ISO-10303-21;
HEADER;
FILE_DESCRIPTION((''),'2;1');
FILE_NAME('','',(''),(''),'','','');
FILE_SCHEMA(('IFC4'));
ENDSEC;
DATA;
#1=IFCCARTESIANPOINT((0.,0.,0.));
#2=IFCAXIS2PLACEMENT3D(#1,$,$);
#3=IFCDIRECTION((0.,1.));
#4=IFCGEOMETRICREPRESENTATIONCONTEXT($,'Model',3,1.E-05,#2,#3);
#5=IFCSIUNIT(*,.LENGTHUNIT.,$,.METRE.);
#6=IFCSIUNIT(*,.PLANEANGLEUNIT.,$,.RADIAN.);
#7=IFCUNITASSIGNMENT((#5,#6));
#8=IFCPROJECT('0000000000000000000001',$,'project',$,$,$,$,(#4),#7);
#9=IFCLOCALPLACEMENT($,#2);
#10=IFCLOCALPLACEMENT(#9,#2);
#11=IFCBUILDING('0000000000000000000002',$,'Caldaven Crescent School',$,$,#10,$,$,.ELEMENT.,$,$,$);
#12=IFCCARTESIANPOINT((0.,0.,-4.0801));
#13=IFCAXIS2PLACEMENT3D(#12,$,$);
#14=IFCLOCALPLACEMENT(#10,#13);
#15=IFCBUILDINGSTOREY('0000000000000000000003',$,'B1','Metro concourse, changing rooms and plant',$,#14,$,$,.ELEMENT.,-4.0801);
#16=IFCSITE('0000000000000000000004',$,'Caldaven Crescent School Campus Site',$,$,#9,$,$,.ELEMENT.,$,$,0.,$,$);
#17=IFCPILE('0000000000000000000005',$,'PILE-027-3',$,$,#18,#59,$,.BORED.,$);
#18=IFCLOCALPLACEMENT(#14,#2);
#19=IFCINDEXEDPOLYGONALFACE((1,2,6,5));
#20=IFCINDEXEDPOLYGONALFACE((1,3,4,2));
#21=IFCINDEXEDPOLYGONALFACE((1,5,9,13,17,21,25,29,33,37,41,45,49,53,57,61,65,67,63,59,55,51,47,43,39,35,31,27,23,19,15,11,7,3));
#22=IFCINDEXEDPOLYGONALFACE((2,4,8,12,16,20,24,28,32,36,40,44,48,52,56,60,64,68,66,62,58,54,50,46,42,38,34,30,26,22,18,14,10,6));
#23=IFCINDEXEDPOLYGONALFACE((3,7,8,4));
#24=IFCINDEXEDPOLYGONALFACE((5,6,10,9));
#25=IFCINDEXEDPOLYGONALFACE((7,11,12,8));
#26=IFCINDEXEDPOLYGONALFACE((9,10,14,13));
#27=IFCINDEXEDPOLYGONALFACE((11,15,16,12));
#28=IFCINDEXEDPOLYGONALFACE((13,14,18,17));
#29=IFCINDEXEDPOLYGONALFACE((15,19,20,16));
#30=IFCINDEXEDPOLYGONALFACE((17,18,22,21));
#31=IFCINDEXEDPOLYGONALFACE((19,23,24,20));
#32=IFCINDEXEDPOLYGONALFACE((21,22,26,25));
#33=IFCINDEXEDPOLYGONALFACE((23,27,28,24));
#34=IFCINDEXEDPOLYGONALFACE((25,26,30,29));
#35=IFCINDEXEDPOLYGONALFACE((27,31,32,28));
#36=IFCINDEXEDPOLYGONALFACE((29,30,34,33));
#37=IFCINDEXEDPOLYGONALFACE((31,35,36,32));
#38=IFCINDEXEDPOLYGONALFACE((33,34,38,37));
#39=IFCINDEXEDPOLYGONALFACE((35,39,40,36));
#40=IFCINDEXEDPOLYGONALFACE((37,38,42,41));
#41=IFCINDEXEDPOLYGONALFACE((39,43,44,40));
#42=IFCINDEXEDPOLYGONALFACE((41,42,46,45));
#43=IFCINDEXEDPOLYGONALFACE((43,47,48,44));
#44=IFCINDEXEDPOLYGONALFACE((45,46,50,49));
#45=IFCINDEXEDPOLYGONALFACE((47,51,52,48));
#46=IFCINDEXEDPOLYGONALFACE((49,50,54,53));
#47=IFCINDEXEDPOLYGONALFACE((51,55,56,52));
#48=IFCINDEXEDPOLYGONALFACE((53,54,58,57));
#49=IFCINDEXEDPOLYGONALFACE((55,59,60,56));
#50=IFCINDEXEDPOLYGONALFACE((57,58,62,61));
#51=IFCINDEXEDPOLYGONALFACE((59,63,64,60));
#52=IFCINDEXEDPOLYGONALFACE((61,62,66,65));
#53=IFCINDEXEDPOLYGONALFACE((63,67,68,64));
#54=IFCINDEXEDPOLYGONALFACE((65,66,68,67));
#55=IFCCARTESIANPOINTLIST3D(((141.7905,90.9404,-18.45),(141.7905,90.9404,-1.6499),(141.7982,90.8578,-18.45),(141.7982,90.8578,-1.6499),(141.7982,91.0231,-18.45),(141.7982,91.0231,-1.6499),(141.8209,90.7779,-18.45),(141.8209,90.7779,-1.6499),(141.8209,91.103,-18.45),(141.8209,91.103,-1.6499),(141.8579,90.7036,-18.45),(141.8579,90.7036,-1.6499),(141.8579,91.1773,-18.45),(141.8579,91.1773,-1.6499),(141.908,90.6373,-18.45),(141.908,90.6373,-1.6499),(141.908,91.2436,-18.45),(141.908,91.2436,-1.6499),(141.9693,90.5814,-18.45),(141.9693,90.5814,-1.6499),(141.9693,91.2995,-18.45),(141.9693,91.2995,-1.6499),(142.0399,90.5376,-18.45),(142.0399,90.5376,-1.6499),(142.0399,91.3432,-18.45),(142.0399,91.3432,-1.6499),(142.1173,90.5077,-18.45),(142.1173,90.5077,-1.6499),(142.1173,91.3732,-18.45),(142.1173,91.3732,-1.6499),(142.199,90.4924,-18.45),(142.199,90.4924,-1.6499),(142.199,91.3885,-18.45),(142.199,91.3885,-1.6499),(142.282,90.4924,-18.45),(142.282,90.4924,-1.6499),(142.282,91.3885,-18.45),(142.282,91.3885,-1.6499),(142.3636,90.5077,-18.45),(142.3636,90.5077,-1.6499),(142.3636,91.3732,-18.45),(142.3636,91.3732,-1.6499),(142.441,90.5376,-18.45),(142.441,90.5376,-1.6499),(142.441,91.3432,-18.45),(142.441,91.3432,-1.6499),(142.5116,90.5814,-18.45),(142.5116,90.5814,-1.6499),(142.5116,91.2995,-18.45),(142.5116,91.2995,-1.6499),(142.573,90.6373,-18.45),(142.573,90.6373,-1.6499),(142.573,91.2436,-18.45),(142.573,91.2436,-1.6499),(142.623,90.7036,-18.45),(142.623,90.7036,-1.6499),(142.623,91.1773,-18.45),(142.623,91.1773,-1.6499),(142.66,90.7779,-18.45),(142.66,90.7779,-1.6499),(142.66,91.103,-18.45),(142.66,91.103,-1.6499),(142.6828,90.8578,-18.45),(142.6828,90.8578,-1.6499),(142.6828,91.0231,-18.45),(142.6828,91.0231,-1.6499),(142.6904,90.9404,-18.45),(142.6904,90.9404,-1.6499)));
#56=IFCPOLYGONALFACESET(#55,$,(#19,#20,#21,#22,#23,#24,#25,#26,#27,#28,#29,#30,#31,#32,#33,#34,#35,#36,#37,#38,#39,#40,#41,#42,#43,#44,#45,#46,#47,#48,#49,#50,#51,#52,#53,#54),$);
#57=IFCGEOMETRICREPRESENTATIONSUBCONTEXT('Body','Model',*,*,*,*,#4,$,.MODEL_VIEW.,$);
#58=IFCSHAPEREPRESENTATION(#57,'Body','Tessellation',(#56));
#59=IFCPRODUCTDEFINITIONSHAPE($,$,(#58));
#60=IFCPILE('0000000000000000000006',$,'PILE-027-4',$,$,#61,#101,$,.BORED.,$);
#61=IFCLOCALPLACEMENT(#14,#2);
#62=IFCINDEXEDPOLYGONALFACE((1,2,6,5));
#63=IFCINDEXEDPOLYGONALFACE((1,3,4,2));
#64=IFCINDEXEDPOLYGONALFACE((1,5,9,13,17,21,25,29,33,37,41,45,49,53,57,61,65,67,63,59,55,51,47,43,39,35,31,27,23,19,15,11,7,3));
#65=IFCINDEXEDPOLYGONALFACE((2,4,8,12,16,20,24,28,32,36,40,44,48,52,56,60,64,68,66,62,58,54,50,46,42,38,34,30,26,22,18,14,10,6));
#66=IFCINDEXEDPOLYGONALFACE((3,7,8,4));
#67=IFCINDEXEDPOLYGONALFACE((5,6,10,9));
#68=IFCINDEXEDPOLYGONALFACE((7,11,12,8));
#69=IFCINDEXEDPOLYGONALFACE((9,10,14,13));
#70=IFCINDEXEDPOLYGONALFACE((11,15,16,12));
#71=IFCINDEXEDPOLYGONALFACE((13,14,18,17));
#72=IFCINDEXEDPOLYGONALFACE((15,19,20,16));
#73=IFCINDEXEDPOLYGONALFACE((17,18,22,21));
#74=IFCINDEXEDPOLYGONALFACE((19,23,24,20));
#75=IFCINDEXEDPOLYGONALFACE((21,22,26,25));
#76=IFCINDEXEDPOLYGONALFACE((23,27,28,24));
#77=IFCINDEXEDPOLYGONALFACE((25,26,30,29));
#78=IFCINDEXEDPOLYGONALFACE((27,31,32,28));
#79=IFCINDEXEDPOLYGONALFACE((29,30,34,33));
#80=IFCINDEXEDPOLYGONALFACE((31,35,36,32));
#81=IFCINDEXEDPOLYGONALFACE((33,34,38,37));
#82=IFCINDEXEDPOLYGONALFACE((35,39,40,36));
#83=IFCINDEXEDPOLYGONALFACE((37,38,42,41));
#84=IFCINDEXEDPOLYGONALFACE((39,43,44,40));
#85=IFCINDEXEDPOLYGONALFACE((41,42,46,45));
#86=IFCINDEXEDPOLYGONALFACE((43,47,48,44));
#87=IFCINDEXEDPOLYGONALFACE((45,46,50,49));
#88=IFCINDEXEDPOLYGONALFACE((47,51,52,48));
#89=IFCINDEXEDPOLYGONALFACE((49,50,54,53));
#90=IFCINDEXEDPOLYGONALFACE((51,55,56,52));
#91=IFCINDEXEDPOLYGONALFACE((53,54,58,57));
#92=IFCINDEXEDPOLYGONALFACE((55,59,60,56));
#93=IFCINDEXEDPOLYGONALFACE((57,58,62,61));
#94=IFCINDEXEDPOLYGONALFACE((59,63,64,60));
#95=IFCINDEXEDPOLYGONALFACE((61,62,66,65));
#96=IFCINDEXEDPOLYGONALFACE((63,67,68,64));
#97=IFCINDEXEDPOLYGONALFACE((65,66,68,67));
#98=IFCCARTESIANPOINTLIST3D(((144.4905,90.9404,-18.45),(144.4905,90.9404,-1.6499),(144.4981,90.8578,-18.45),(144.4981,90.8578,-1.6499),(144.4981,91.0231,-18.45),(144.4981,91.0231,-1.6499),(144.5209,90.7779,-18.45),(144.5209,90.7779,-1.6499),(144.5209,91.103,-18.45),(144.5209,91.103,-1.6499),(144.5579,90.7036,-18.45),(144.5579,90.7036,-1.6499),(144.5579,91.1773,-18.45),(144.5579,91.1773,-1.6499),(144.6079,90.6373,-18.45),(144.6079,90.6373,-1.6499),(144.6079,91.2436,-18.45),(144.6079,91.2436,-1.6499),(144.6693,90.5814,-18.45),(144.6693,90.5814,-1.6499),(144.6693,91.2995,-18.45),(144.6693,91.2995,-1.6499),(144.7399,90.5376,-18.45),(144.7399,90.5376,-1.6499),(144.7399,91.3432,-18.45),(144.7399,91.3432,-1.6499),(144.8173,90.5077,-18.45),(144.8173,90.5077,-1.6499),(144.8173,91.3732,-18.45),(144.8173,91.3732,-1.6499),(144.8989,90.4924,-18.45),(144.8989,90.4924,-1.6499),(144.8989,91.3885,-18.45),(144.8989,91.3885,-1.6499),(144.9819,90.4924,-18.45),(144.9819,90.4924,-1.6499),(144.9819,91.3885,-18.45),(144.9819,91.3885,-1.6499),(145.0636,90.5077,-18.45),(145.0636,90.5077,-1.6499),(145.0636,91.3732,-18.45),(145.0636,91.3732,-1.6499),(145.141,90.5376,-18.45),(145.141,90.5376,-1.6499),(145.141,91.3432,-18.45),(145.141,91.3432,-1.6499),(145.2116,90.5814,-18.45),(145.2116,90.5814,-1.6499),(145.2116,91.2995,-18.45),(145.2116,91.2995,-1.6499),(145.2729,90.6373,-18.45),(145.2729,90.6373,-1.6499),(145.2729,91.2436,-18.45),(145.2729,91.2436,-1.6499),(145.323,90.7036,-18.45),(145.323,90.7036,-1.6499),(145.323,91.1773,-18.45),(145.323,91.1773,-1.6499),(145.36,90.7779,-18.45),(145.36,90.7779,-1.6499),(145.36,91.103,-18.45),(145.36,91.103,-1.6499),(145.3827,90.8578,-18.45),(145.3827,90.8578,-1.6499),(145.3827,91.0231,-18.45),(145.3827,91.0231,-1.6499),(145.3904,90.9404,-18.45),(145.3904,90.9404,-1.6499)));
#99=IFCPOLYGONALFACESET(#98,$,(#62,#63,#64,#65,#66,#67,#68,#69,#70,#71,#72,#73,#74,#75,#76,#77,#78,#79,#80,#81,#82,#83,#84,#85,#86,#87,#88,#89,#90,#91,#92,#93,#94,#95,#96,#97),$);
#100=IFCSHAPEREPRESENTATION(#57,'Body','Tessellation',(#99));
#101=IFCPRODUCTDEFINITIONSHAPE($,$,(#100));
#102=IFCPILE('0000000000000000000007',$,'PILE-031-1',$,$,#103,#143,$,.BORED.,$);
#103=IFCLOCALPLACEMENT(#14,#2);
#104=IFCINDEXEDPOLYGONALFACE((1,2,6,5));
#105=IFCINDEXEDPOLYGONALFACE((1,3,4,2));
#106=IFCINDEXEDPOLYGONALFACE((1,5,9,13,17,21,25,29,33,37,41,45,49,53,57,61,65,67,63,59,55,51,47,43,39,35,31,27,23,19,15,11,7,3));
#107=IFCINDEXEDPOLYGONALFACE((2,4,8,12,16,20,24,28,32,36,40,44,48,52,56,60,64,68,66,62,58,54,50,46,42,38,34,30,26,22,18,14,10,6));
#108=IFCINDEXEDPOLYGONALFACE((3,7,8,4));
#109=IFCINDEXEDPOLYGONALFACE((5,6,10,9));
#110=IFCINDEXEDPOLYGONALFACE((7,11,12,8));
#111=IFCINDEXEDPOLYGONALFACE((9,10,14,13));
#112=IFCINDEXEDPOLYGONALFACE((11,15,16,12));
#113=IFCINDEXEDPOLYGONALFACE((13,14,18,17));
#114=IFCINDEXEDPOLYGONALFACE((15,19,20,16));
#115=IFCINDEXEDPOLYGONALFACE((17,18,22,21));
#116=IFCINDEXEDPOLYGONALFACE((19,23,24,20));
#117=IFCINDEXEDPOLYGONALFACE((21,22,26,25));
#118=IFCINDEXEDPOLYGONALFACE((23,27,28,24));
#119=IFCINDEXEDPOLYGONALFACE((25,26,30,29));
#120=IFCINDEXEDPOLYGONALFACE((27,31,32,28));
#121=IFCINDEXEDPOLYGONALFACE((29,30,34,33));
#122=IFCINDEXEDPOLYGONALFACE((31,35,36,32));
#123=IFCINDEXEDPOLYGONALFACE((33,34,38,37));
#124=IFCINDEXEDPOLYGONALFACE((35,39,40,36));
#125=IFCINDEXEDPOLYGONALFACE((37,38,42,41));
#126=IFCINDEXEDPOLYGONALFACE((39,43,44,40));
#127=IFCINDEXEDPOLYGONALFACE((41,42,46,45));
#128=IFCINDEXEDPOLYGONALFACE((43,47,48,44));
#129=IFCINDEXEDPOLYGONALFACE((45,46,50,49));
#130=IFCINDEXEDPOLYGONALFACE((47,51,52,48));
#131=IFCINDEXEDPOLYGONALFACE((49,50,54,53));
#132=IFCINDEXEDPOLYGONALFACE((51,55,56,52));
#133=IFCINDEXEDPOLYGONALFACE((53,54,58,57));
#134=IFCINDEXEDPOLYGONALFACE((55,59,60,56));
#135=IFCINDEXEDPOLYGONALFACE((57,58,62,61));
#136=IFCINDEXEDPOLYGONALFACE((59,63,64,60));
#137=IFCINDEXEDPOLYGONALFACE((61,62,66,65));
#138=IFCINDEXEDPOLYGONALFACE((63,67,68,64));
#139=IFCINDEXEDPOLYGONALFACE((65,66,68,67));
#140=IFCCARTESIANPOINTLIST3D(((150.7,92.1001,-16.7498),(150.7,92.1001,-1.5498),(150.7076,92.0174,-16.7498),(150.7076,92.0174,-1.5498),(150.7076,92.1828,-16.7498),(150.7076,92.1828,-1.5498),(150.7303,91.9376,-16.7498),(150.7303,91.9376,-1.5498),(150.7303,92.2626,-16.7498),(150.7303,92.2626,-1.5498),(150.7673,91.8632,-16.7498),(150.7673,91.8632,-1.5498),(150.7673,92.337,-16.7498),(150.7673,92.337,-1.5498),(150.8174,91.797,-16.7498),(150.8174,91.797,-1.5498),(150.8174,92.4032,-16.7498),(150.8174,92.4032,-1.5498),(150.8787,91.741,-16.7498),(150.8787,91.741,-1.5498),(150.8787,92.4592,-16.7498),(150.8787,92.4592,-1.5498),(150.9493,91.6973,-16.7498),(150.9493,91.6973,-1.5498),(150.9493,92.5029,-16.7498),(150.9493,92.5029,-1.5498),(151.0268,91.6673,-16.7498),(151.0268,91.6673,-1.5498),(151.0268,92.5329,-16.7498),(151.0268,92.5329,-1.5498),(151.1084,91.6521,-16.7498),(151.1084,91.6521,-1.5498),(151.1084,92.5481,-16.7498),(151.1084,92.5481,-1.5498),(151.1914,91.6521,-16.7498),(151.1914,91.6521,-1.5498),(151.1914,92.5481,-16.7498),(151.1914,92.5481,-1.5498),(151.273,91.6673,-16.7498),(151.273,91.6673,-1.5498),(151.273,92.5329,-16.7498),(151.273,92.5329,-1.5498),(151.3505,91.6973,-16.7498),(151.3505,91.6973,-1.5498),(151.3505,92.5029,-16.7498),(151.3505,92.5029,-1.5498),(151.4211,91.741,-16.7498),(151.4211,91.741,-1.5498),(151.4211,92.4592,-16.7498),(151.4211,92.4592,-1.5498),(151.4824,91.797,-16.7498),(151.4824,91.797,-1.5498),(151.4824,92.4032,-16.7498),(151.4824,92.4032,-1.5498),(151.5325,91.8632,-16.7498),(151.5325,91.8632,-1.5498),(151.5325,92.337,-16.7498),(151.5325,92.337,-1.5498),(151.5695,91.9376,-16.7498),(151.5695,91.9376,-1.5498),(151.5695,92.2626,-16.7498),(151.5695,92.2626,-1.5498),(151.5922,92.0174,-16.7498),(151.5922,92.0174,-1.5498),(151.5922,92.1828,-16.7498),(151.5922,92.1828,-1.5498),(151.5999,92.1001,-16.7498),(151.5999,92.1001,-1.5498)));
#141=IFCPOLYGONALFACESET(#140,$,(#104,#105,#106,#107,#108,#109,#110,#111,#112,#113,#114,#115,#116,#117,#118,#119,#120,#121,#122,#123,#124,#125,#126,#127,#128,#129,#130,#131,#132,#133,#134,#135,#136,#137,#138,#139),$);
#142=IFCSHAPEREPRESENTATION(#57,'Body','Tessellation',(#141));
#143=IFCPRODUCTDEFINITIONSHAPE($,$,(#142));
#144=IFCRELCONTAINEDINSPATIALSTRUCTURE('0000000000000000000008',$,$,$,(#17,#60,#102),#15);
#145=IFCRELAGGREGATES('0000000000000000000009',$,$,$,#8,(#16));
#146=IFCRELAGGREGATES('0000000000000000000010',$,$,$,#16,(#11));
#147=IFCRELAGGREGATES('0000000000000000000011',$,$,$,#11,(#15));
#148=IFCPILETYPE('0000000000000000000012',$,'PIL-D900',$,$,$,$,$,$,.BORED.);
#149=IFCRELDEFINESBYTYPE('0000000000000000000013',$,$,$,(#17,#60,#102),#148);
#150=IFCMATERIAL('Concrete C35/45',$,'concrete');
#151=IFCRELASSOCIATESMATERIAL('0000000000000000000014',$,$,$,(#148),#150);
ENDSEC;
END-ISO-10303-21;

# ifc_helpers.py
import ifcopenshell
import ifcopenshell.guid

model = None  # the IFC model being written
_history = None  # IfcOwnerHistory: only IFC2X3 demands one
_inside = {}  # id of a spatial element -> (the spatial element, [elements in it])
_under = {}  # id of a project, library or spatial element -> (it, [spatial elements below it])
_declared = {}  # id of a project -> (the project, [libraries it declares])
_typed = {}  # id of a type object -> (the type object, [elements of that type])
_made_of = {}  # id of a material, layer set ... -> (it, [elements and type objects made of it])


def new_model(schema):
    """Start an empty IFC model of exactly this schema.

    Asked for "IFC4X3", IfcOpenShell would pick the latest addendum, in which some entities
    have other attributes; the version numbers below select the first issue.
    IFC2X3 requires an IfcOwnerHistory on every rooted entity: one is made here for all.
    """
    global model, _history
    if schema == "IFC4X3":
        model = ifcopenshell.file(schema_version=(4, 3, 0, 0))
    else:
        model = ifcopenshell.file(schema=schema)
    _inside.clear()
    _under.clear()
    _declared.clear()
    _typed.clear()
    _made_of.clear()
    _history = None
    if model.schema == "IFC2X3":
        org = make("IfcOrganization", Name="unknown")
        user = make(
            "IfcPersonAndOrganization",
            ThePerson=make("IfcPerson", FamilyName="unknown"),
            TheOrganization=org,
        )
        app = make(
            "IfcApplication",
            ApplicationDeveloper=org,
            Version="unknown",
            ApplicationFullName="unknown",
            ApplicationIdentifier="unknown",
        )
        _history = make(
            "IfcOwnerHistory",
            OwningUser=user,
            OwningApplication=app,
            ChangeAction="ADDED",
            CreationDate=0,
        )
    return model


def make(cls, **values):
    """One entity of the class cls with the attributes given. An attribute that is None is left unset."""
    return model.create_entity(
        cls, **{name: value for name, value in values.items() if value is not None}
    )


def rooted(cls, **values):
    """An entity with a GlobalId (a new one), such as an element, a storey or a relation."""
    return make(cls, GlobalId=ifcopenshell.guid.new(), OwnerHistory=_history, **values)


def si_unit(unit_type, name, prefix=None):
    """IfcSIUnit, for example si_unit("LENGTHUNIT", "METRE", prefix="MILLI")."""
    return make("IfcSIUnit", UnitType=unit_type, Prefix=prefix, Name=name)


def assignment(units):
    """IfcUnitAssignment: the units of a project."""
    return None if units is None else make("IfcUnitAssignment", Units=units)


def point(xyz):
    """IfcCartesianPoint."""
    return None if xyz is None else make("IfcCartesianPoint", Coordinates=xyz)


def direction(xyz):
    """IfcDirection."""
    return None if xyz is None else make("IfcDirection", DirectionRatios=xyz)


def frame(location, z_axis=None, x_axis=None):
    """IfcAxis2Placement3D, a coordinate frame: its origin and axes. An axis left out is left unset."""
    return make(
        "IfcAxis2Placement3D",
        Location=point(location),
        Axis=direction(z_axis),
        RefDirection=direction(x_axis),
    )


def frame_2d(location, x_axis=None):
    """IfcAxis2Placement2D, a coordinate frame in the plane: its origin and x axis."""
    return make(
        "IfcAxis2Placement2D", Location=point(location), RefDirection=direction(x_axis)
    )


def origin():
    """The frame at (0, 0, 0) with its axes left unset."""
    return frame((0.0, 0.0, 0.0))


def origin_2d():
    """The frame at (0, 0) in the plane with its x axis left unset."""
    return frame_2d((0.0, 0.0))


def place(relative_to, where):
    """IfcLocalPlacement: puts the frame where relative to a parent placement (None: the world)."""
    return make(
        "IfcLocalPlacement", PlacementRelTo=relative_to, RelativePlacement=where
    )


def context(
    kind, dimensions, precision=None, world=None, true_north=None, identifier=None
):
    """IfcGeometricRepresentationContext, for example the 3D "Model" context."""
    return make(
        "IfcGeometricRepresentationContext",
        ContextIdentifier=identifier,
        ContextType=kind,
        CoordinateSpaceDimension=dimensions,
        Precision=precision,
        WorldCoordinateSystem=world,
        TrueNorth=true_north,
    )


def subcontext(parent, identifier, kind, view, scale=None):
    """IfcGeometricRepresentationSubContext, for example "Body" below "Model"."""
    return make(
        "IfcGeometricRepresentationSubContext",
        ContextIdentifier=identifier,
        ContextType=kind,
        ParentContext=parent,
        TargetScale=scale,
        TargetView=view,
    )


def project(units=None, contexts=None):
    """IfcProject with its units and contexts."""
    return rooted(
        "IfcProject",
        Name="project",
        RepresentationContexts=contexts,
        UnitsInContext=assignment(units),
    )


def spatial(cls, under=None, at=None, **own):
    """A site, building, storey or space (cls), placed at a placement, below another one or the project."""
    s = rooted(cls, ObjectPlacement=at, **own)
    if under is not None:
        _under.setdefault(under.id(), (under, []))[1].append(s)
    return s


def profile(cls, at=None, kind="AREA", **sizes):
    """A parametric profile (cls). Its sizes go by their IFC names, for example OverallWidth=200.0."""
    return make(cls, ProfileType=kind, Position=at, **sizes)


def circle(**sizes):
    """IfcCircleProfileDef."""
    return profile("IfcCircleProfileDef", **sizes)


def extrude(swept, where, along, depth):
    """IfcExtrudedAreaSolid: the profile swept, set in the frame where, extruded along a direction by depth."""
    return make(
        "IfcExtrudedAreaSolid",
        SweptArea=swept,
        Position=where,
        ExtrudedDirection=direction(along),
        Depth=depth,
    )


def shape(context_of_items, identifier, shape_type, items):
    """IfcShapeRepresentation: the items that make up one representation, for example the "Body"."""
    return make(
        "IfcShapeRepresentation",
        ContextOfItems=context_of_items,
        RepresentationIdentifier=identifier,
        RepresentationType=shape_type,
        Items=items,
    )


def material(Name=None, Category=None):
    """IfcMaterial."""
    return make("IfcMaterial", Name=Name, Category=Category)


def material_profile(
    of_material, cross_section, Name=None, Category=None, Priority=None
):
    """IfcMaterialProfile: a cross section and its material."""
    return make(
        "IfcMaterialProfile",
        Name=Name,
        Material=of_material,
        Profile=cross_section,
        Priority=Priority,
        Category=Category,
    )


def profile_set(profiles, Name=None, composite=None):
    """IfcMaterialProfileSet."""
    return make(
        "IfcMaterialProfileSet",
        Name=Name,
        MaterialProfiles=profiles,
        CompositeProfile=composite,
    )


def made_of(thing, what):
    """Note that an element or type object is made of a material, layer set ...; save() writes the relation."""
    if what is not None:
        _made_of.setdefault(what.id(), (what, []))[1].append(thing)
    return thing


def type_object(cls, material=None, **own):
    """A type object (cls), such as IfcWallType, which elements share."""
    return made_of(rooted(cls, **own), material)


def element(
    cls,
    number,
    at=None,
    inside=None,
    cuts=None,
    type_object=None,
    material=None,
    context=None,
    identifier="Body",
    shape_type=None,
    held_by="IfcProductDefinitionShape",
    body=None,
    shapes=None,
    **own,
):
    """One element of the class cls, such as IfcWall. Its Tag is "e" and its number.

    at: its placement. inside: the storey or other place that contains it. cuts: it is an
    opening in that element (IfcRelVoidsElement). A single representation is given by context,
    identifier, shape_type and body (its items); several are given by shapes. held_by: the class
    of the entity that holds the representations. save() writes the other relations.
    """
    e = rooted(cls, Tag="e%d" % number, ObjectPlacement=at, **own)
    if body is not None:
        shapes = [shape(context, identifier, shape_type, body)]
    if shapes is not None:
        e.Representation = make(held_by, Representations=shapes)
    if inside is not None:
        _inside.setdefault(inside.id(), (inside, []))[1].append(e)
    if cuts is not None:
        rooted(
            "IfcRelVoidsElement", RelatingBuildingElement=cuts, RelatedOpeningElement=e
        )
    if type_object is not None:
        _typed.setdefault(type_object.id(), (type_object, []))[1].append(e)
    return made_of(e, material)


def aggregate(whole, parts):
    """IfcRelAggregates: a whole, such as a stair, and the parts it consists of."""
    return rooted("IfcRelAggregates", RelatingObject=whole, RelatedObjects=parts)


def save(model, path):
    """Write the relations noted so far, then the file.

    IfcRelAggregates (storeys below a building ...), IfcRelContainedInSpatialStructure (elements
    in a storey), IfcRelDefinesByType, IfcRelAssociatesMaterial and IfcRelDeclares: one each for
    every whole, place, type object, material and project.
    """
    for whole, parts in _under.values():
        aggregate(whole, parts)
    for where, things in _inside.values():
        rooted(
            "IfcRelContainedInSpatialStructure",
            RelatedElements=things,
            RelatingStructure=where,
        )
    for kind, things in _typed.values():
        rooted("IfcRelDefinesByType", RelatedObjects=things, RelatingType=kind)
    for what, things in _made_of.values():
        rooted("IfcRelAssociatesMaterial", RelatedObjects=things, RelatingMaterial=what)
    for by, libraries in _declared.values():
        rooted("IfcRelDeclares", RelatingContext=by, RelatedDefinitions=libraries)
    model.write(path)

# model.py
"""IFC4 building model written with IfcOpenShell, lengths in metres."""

from ifc_helpers import new_model, si_unit, direction, frame, origin, origin_2d, place, context, subcontext, project, spatial, circle, extrude, material, material_profile, profile_set, type_object, element, save


model = new_model("IFC4")

# Units and contexts
model_context = context("Model", 3, precision=1e-05, world=origin(), true_north=direction((0.0, 1.0)))
body_context = subcontext(model_context, "Body", "Model", "MODEL_VIEW")
ifc_project = project(units=[si_unit("LENGTHUNIT", "METRE"), si_unit("PLANEANGLEUNIT", "RADIAN")], contexts=[model_context])

# Site, building, storey
site_placement = place(None, origin())
site = spatial("IfcSite", under=ifc_project, at=site_placement, Name="Caldaven Crescent School Campus Site", CompositionType="ELEMENT", RefElevation=0.0)
building_placement = place(site_placement, origin())
building = spatial("IfcBuilding", under=site, at=building_placement, Name="Caldaven Crescent School", CompositionType="ELEMENT")
storey_placement = place(building_placement, frame((0.0, 0.0, -4.0801)))
storey = spatial("IfcBuildingStorey", under=building, at=storey_placement, Name="B1", Description="Metro concourse, changing rooms and plant", CompositionType="ELEMENT", Elevation=-4.0801)

# Shared definitions
ifc_material_1 = material(Name="Concrete C35/45", Category="concrete")

# Piles
ifc_material_profile_1 = material_profile(ifc_material_1, circle(Radius=0.45, at=origin_2d()), Name="PILE D900")
ifc_profile_set_1 = profile_set([ifc_material_profile_1], Name="Concrete C35/45")
pile_type = type_object("IfcPileType", Name="PIL-D900", PredefinedType="BORED", material=ifc_profile_set_1)
for number, where, z_axis, x_axis, name in (
    (1, (142.2405, 90.9404, -1.6499), (0.0, 0.0, -1.0), (1.0, 0.0, 0.0), "PILE-027-3"),
    (2, (144.9404, 90.9404, -1.6499), (0.0, 0.0, -1.0), (1.0, 0.0, 0.0), "PILE-027-4"),
):
    element("IfcPile", number, at=place(storey_placement, frame(where, z_axis=z_axis, x_axis=x_axis)), inside=storey, type_object=pile_type, Name=name, PredefinedType="BORED", context=body_context, shape_type="SweptSolid", body=[
        extrude(circle(Radius=0.45, at=origin_2d()), origin(), (0.0, 0.0, 1.0), 16.8),
    ])
pile_placement = place(storey_placement, frame((151.1499, 92.1001, -1.5498), z_axis=(0.0, 0.0, -1.0), x_axis=(1.0, 0.0, 0.0)))
element("IfcPile", 3, at=pile_placement, inside=storey, type_object=pile_type, Name="PILE-031-1", PredefinedType="BORED", context=body_context, shape_type="SweptSolid", body=[
    extrude(circle(Radius=0.45, at=origin_2d()), origin(), (0.0, 0.0, 1.0), 15.2),
])

save(model, "model.ifc")
